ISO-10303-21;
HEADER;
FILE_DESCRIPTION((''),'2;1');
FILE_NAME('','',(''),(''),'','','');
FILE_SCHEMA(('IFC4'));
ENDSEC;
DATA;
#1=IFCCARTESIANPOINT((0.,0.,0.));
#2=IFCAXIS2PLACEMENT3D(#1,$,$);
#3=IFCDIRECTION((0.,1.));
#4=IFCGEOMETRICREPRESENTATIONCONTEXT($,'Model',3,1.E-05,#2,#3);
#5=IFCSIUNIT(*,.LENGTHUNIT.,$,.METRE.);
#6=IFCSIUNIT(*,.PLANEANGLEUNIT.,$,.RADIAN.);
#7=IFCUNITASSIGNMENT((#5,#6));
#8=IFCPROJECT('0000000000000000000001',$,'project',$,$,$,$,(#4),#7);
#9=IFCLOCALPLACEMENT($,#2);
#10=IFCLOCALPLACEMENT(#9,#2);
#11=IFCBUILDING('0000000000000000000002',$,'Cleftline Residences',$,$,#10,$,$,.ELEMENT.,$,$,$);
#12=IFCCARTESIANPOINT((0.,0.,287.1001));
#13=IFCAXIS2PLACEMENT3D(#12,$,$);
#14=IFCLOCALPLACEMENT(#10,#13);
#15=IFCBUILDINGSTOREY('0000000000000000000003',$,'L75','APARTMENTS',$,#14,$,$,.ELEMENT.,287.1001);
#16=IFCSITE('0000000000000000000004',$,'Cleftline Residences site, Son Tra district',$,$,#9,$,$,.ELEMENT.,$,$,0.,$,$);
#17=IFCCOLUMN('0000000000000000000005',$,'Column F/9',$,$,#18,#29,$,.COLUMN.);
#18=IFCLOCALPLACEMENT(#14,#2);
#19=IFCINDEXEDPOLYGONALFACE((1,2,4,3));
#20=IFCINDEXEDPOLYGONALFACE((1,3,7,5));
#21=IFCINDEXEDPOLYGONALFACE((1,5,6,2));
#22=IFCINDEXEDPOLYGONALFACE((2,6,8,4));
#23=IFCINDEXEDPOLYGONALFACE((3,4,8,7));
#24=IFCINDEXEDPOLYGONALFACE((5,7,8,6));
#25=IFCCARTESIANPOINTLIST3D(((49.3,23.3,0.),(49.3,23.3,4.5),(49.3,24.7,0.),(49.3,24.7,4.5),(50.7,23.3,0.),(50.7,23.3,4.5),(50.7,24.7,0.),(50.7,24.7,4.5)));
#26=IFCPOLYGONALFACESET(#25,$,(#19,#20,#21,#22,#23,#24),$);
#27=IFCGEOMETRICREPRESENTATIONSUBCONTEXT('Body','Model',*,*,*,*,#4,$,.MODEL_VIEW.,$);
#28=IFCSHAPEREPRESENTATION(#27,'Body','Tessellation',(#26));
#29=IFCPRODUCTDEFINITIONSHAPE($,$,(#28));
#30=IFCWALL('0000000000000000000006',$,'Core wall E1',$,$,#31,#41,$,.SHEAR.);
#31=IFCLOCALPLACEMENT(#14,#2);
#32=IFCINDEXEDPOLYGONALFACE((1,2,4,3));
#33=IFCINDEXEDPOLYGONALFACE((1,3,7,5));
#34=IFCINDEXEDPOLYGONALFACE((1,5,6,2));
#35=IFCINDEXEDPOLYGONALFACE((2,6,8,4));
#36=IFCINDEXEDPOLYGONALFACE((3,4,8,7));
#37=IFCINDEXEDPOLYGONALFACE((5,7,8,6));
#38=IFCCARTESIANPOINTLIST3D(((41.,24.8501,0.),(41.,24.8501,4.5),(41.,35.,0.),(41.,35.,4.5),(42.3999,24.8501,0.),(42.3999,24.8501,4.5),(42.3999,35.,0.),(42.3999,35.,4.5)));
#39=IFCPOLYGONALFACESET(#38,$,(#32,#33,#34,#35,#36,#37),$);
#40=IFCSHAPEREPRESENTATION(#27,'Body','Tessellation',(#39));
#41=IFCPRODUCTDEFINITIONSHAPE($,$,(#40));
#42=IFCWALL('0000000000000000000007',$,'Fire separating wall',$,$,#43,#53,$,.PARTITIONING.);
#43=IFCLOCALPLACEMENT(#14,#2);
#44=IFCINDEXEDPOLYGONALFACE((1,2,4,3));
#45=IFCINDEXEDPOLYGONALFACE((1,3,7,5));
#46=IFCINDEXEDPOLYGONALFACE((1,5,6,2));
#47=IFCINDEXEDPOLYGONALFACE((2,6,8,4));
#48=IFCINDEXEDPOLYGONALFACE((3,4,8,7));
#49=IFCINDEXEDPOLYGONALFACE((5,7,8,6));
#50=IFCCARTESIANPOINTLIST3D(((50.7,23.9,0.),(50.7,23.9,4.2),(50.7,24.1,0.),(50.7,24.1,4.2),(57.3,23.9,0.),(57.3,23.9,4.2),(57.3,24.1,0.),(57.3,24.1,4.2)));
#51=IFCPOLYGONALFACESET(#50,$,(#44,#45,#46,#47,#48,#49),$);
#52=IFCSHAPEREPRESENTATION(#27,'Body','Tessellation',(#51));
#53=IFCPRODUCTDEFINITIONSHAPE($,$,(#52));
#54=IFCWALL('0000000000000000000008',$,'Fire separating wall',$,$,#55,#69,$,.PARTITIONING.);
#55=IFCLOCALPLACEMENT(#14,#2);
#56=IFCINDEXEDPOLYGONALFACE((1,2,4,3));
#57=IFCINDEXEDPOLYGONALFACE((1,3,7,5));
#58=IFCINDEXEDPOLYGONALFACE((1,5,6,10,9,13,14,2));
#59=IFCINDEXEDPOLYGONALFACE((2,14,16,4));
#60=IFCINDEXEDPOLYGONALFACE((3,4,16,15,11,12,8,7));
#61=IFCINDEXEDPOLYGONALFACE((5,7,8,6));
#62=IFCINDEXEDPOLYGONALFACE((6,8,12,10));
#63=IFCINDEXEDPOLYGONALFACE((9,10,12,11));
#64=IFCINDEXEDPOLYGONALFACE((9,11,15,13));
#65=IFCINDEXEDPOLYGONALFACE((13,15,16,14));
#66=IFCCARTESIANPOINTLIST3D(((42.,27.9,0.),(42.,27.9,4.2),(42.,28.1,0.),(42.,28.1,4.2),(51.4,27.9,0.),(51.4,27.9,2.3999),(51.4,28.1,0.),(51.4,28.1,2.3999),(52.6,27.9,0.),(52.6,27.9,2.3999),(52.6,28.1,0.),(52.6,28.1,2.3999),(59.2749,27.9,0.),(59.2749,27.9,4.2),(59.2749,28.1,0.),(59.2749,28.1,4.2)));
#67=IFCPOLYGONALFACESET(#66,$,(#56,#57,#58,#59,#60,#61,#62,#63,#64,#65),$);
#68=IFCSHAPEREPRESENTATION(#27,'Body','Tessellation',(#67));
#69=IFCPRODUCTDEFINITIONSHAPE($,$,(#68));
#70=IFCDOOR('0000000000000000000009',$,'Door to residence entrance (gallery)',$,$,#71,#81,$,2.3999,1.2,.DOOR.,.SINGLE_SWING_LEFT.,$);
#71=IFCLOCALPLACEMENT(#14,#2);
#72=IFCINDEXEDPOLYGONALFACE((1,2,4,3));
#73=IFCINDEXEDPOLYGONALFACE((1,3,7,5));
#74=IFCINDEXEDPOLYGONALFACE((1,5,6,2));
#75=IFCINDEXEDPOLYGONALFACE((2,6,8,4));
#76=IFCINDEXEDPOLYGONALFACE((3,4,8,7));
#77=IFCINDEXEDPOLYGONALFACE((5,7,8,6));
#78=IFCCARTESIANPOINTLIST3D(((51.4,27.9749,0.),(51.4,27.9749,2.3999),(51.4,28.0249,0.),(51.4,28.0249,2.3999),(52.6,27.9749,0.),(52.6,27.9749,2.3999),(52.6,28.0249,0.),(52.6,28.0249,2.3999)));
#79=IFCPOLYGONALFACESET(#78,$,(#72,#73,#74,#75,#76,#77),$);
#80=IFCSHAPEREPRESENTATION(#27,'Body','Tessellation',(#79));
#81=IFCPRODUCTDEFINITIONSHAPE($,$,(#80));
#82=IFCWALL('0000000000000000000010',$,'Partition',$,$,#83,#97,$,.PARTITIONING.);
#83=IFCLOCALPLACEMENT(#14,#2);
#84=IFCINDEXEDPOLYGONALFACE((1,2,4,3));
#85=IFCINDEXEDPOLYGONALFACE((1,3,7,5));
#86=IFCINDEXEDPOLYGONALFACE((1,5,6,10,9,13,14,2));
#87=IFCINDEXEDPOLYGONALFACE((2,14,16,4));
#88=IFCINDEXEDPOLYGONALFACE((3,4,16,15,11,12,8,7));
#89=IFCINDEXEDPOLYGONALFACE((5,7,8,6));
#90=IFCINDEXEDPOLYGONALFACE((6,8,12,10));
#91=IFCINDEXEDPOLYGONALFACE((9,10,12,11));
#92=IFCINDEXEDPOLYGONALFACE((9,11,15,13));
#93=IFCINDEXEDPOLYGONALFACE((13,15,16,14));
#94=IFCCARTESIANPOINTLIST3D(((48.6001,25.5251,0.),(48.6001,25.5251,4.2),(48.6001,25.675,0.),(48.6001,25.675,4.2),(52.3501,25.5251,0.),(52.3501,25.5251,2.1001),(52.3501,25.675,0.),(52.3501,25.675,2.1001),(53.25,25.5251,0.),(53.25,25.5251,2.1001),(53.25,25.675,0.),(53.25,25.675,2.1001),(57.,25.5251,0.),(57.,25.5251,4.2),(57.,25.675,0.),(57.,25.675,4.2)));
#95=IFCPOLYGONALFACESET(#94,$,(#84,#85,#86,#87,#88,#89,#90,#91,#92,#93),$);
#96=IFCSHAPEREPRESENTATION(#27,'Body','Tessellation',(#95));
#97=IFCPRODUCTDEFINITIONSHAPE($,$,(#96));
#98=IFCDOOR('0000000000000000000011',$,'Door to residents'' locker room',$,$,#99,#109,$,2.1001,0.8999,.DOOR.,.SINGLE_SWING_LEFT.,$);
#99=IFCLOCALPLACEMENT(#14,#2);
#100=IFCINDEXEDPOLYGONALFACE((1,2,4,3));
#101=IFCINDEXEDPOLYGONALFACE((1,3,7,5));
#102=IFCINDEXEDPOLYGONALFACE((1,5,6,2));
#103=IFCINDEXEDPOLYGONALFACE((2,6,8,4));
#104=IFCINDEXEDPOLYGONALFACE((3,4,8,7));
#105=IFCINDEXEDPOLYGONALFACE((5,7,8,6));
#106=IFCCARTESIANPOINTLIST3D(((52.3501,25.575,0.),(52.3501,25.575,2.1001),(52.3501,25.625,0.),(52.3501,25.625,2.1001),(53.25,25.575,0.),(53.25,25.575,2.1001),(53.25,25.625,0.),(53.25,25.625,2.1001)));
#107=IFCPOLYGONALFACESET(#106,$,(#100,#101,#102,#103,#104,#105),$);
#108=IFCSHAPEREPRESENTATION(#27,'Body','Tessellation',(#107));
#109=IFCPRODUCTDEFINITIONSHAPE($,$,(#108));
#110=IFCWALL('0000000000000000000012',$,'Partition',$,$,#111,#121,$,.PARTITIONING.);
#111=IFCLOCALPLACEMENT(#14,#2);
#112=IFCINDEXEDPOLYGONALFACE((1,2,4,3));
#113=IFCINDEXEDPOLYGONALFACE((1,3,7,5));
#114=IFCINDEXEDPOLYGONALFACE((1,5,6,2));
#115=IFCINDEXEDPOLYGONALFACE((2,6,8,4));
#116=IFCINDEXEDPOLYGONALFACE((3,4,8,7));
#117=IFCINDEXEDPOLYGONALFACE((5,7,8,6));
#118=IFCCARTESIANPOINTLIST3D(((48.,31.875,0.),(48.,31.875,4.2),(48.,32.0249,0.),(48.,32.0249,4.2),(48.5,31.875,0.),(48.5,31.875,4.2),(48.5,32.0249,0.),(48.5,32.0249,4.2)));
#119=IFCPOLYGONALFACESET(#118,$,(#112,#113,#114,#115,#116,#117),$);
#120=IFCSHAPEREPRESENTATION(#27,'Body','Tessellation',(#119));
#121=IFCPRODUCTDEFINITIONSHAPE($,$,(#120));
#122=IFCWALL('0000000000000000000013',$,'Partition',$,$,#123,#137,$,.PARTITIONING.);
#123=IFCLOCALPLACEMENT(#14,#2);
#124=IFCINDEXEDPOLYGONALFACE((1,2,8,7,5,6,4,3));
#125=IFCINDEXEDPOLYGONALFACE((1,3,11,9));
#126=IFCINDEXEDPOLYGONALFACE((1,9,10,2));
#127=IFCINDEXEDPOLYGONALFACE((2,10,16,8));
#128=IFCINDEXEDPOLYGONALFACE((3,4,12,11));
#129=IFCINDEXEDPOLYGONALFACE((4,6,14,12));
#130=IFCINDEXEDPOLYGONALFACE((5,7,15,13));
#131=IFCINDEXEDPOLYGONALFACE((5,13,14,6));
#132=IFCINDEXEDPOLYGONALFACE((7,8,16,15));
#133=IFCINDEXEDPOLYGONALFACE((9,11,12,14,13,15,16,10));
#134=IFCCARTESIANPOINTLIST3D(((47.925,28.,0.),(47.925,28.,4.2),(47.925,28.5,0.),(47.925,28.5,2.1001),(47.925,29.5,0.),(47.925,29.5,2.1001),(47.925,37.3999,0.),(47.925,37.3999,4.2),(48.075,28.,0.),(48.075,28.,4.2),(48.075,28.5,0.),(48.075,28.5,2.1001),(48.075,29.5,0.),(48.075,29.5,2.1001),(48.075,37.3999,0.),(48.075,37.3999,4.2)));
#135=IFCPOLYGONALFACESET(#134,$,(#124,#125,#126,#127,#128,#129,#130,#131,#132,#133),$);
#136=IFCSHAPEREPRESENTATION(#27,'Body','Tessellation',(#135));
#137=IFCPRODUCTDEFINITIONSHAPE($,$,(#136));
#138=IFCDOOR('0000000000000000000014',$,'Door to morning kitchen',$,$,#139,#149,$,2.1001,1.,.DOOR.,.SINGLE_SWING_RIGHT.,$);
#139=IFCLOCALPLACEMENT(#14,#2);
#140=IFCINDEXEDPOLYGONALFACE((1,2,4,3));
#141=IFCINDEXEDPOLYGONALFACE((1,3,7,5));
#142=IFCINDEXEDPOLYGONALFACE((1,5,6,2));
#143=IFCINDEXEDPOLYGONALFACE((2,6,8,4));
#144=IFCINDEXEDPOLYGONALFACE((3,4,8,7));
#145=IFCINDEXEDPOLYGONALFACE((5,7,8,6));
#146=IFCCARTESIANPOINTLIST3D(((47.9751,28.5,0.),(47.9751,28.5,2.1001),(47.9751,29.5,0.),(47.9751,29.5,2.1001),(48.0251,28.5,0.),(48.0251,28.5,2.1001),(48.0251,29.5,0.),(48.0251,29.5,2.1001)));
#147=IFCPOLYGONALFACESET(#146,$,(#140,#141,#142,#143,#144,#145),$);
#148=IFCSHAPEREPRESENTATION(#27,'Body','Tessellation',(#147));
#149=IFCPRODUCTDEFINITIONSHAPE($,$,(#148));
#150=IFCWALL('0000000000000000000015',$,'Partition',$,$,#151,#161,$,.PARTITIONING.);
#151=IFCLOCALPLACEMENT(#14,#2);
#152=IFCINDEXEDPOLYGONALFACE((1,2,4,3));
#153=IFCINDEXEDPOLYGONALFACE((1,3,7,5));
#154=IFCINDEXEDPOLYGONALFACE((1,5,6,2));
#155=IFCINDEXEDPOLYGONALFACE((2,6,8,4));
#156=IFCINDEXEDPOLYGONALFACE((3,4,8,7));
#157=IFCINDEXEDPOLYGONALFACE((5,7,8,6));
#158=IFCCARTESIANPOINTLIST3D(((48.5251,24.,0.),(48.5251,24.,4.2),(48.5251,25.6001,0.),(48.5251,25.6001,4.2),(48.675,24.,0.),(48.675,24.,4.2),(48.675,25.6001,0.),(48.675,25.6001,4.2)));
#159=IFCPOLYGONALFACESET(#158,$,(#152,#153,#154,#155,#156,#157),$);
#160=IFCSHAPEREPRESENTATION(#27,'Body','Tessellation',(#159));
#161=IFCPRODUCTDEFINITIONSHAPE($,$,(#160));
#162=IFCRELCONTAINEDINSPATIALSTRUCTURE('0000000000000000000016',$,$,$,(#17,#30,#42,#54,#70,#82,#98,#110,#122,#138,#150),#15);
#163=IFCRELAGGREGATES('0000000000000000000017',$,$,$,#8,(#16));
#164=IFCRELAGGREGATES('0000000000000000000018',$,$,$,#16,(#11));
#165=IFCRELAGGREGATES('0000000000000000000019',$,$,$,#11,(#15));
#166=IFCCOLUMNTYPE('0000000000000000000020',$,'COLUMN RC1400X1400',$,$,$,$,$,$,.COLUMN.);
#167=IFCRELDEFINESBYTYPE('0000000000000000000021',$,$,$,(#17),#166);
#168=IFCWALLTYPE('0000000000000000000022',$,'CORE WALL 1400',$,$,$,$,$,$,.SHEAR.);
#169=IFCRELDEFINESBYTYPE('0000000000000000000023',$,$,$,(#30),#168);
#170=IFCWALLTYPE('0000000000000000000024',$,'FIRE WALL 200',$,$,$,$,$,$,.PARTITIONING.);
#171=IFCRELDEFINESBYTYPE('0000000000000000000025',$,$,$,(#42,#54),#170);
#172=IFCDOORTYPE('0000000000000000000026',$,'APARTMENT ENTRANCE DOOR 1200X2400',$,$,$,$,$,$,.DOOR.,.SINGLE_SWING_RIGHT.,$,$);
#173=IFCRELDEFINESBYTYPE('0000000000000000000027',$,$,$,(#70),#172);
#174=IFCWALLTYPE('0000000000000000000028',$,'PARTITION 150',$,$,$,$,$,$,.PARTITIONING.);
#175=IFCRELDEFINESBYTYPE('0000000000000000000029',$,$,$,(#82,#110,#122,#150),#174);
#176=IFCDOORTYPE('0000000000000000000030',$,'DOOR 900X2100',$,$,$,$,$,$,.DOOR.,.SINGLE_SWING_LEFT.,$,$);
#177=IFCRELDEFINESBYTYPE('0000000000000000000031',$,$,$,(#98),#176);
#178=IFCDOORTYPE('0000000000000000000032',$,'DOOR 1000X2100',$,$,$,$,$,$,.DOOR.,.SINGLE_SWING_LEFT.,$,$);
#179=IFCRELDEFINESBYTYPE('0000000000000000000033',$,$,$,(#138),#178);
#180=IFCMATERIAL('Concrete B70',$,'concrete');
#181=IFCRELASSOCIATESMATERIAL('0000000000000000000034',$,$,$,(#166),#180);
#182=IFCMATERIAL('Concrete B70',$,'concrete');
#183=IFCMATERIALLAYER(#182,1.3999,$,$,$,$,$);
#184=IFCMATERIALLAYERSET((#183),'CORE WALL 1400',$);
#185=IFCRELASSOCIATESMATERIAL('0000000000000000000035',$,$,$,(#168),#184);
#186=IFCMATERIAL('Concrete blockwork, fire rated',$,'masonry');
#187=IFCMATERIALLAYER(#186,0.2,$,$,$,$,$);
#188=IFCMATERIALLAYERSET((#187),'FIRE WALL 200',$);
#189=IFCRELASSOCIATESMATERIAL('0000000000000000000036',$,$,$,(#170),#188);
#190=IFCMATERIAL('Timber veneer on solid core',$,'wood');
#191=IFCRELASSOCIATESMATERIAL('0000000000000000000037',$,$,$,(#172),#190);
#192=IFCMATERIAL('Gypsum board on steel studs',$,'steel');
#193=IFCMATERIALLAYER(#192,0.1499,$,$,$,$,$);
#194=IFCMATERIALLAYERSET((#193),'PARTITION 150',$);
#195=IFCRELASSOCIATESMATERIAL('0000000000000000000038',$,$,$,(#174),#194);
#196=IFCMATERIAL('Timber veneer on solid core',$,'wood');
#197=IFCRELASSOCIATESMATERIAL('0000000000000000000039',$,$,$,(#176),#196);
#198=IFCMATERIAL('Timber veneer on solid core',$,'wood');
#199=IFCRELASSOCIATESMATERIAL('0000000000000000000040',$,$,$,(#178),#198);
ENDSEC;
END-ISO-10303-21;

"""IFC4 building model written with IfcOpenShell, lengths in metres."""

from ifc_helpers import new_model, si_unit, direction, frame, frame_2d, origin, origin_2d, place, context, subcontext, project, spatial, rectangle, extrude, material, layer, layer_set, material_profile, profile_set, type_object, element, fill, save


model = new_model("IFC4")

# Units and contexts
model_context = context("Model", 3, precision=1e-05, world=origin(), true_north=direction((0.0, 1.0)))
body_context = subcontext(model_context, "Body", "Model", "MODEL_VIEW")
ifc_project = project(units=[si_unit("LENGTHUNIT", "METRE"), si_unit("PLANEANGLEUNIT", "RADIAN")], contexts=[model_context])

# Site, building, storey
site_placement = place(None, origin())
site = spatial("IfcSite", under=ifc_project, at=site_placement, Name="Cleftline Residences site, Son Tra district", CompositionType="ELEMENT", RefElevation=0.0)
building_placement = place(site_placement, origin())
building = spatial("IfcBuilding", under=site, at=building_placement, Name="Cleftline Residences", CompositionType="ELEMENT")
storey_placement = place(building_placement, frame((0.0, 0.0, 287.1001)))
storey = spatial("IfcBuildingStorey", under=building, at=storey_placement, Name="L75", Description="APARTMENTS", CompositionType="ELEMENT", Elevation=287.1001)

# Column
ifc_material_1 = material(Name="Concrete B70", Category="concrete")
ifc_material_profile = material_profile(ifc_material_1, rectangle(XDim=1.3999, YDim=1.3999, at=origin_2d()))
ifc_profile_set = profile_set([ifc_material_profile], Name="Concrete B70")
column_type = type_object("IfcColumnType", Name="COLUMN RC1400X1400", PredefinedType="COLUMN", material=ifc_profile_set)
column_placement = place(storey_placement, frame((50.0, 24.0, 0.0), z_axis=(0.0, 0.0, 1.0), x_axis=(1.0, 0.0, 0.0)))
element("IfcColumn", 1, at=column_placement, inside=storey, type_object=column_type, Name="Column F/9", PredefinedType="COLUMN", context=body_context, shape_type="SweptSolid", body=[
    extrude(rectangle(XDim=1.3999, YDim=1.3999, at=origin_2d()), origin(), (0.0, 0.0, 1.0), 4.5),
])

# Walls
ifc_material_2 = material(Name="Concrete B70", Category="concrete")
ifc_layer_1 = layer(ifc_material_2, 1.3999)
ifc_layer_set_1 = layer_set([ifc_layer_1], Name="CORE WALL 1400")
wall_type_1 = type_object("IfcWallType", Name="CORE WALL 1400", PredefinedType="SHEAR", material=ifc_layer_set_1)
wall_1_placement = place(storey_placement, frame((41.7, 24.8501, 0.0), z_axis=(0.0, 0.0, 1.0), x_axis=(0.0, 1.0, 0.0)))
element("IfcWall", 2, at=wall_1_placement, inside=storey, type_object=wall_type_1, Name="Core wall E1", PredefinedType="SHEAR", context=body_context, shape_type="SweptSolid", body=[
    extrude(rectangle(XDim=10.1499, YDim=1.3999, at=frame_2d((5.075, 0.0))), origin(), (0.0, 0.0, 1.0), 4.5),
])
ifc_material_3 = material(Name="Concrete blockwork, fire rated", Category="masonry")
ifc_layer_2 = layer(ifc_material_3, 0.2)
ifc_layer_set_2 = layer_set([ifc_layer_2], Name="FIRE WALL 200")
wall_type_2 = type_object("IfcWallType", Name="FIRE WALL 200", PredefinedType="PARTITIONING", material=ifc_layer_set_2)
wall_2_placement = place(storey_placement, frame((50.7, 24.0, 0.0), z_axis=(0.0, 0.0, 1.0), x_axis=(1.0, 0.0, 0.0)))
element("IfcWall", 3, at=wall_2_placement, inside=storey, type_object=wall_type_2, Name="Fire separating wall", PredefinedType="PARTITIONING", context=body_context, shape_type="SweptSolid", body=[
    extrude(rectangle(XDim=6.6001, YDim=0.2, at=frame_2d((3.3, 0.0))), origin(), (0.0, 0.0, 1.0), 4.2),
])

# Walls, openings, doors
wall_3_placement = place(storey_placement, frame((42.0, 28.0, 0.0), z_axis=(0.0, 0.0, 1.0), x_axis=(1.0, 0.0, 0.0)))
wall_3 = element("IfcWall", 4, at=wall_3_placement, inside=storey, type_object=wall_type_2, Name="Fire separating wall", PredefinedType="PARTITIONING", context=body_context, shape_type="SweptSolid", body=[
    extrude(rectangle(XDim=17.2749, YDim=0.2, at=frame_2d((8.6375, 0.0))), origin(), (0.0, 0.0, 1.0), 4.2),
])
opening_1_placement = place(wall_3_placement, frame((9.3999, 0.0, 0.0)))
opening_1 = element("IfcOpeningElement", 5, at=opening_1_placement, cuts=wall_3, PredefinedType="OPENING", context=body_context, shape_type="SweptSolid", body=[
    extrude(rectangle(XDim=1.2, YDim=2.3999, at=frame_2d((0.6001, 1.2))), frame((0.0, 0.1099, 0.0), z_axis=(0.0, -1.0, 0.0), x_axis=(1.0, 0.0, 0.0)), (0.0, 0.0, 1.0), 0.22),
])
ifc_material_4 = material(Name="Timber veneer on solid core", Category="wood")
door_type_1 = type_object("IfcDoorType", Name="APARTMENT ENTRANCE DOOR 1200X2400", OperationType="SINGLE_SWING_RIGHT", PredefinedType="DOOR", material=ifc_material_4)
door_1_placement = place(opening_1_placement, origin())
door_1 = element("IfcDoor", 6, at=door_1_placement, inside=storey, type_object=door_type_1, Name="Door to residence entrance (gallery)", OperationType="SINGLE_SWING_LEFT", OverallHeight=2.3999, OverallWidth=1.2, PredefinedType="DOOR", context=body_context, shape_type="SweptSolid", body=[
    extrude(rectangle(XDim=1.2, YDim=2.3999, at=frame_2d((0.6001, 1.2))), frame((0.0, 0.0249, 0.0), z_axis=(0.0, -1.0, 0.0), x_axis=(1.0, 0.0, 0.0)), (0.0, 0.0, 1.0), 0.05),
])
fill(opening_1, door_1)
ifc_material_5 = material(Name="Gypsum board on steel studs", Category="steel")
ifc_layer_3 = layer(ifc_material_5, 0.1499)
ifc_layer_set_3 = layer_set([ifc_layer_3], Name="PARTITION 150")
wall_type_3 = type_object("IfcWallType", Name="PARTITION 150", PredefinedType="PARTITIONING", material=ifc_layer_set_3)
wall_4_placement = place(storey_placement, frame((48.6001, 25.6001, 0.0), z_axis=(0.0, 0.0, 1.0), x_axis=(1.0, 0.0, 0.0)))
wall_4 = element("IfcWall", 7, at=wall_4_placement, inside=storey, type_object=wall_type_3, Name="Partition", PredefinedType="PARTITIONING", context=body_context, shape_type="SweptSolid", body=[
    extrude(rectangle(XDim=8.3999, YDim=0.1499, at=frame_2d((4.2, 0.0))), origin(), (0.0, 0.0, 1.0), 4.2),
])
opening_2_placement = place(wall_4_placement, frame((3.75, 0.0, 0.0)))
opening_2 = element("IfcOpeningElement", 8, at=opening_2_placement, cuts=wall_4, PredefinedType="OPENING", context=body_context, shape_type="SweptSolid", body=[
    extrude(rectangle(XDim=0.8999, YDim=2.1001, at=frame_2d((0.45, 1.05))), frame((0.0, 0.085, 0.0), z_axis=(0.0, -1.0, 0.0), x_axis=(1.0, 0.0, 0.0)), (0.0, 0.0, 1.0), 0.1699),
])
ifc_material_6 = material(Name="Timber veneer on solid core", Category="wood")
door_type_2 = type_object("IfcDoorType", Name="DOOR 900X2100", OperationType="SINGLE_SWING_LEFT", PredefinedType="DOOR", material=ifc_material_6)
door_2_placement = place(opening_2_placement, origin())
door_2 = element("IfcDoor", 9, at=door_2_placement, inside=storey, type_object=door_type_2, Name="Door to residents' locker room", OperationType="SINGLE_SWING_LEFT", OverallHeight=2.1001, OverallWidth=0.8999, PredefinedType="DOOR", context=body_context, shape_type="SweptSolid", body=[
    extrude(rectangle(XDim=0.8999, YDim=2.1001, at=frame_2d((0.45, 1.05))), frame((0.0, 0.0249, 0.0), z_axis=(0.0, -1.0, 0.0), x_axis=(1.0, 0.0, 0.0)), (0.0, 0.0, 1.0), 0.05),
])
fill(opening_2, door_2)

# Wall
wall_5_placement = place(storey_placement, frame((48.0, 31.95, 0.0), z_axis=(0.0, 0.0, 1.0), x_axis=(1.0, 0.0, 0.0)))
element("IfcWall", 10, at=wall_5_placement, inside=storey, type_object=wall_type_3, Name="Partition", PredefinedType="PARTITIONING", context=body_context, shape_type="SweptSolid", body=[
    extrude(rectangle(XDim=0.5, YDim=0.1499, at=frame_2d((0.25, 0.0))), origin(), (0.0, 0.0, 1.0), 4.2),
])

# Wall, opening, door
wall_6_placement = place(storey_placement, frame((48.0, 28.0, 0.0), z_axis=(0.0, 0.0, 1.0), x_axis=(0.0, 1.0, 0.0)))
wall_6 = element("IfcWall", 11, at=wall_6_placement, inside=storey, type_object=wall_type_3, Name="Partition", PredefinedType="PARTITIONING", context=body_context, shape_type="SweptSolid", body=[
    extrude(rectangle(XDim=9.3999, YDim=0.1499, at=frame_2d((4.7, 0.0))), origin(), (0.0, 0.0, 1.0), 4.2),
])
opening_3_placement = place(wall_6_placement, frame((0.5, 0.0, 0.0)))
opening_3 = element("IfcOpeningElement", 12, at=opening_3_placement, cuts=wall_6, PredefinedType="OPENING", context=body_context, shape_type="SweptSolid", body=[
    extrude(rectangle(XDim=1.0, YDim=2.1001, at=frame_2d((0.5, 1.05))), frame((0.0, 0.085, 0.0), z_axis=(0.0, -1.0, 0.0), x_axis=(1.0, 0.0, 0.0)), (0.0, 0.0, 1.0), 0.1699),
])
ifc_material_7 = material(Name="Timber veneer on solid core", Category="wood")
door_type_3 = type_object("IfcDoorType", Name="DOOR 1000X2100", OperationType="SINGLE_SWING_LEFT", PredefinedType="DOOR", material=ifc_material_7)
door_3_placement = place(opening_3_placement, origin())
door_3 = element("IfcDoor", 13, at=door_3_placement, inside=storey, type_object=door_type_3, Name="Door to morning kitchen", OperationType="SINGLE_SWING_RIGHT", OverallHeight=2.1001, OverallWidth=1.0, PredefinedType="DOOR", context=body_context, shape_type="SweptSolid", body=[
    extrude(rectangle(XDim=1.0, YDim=2.1001, at=frame_2d((0.5, 1.05))), frame((0.0, 0.0249, 0.0), z_axis=(0.0, -1.0, 0.0), x_axis=(1.0, 0.0, 0.0)), (0.0, 0.0, 1.0), 0.05),
])
fill(opening_3, door_3)

# Wall
wall_7_placement = place(storey_placement, frame((48.6001, 24.0, 0.0), z_axis=(0.0, 0.0, 1.0), x_axis=(0.0, 1.0, 0.0)))
element("IfcWall", 14, at=wall_7_placement, inside=storey, type_object=wall_type_3, Name="Partition", PredefinedType="PARTITIONING", context=body_context, shape_type="SweptSolid", body=[
    extrude(rectangle(XDim=1.6001, YDim=0.1499, at=frame_2d((0.8, 0.0))), origin(), (0.0, 0.0, 1.0), 4.2),
])

save(model, "model.ifc")
